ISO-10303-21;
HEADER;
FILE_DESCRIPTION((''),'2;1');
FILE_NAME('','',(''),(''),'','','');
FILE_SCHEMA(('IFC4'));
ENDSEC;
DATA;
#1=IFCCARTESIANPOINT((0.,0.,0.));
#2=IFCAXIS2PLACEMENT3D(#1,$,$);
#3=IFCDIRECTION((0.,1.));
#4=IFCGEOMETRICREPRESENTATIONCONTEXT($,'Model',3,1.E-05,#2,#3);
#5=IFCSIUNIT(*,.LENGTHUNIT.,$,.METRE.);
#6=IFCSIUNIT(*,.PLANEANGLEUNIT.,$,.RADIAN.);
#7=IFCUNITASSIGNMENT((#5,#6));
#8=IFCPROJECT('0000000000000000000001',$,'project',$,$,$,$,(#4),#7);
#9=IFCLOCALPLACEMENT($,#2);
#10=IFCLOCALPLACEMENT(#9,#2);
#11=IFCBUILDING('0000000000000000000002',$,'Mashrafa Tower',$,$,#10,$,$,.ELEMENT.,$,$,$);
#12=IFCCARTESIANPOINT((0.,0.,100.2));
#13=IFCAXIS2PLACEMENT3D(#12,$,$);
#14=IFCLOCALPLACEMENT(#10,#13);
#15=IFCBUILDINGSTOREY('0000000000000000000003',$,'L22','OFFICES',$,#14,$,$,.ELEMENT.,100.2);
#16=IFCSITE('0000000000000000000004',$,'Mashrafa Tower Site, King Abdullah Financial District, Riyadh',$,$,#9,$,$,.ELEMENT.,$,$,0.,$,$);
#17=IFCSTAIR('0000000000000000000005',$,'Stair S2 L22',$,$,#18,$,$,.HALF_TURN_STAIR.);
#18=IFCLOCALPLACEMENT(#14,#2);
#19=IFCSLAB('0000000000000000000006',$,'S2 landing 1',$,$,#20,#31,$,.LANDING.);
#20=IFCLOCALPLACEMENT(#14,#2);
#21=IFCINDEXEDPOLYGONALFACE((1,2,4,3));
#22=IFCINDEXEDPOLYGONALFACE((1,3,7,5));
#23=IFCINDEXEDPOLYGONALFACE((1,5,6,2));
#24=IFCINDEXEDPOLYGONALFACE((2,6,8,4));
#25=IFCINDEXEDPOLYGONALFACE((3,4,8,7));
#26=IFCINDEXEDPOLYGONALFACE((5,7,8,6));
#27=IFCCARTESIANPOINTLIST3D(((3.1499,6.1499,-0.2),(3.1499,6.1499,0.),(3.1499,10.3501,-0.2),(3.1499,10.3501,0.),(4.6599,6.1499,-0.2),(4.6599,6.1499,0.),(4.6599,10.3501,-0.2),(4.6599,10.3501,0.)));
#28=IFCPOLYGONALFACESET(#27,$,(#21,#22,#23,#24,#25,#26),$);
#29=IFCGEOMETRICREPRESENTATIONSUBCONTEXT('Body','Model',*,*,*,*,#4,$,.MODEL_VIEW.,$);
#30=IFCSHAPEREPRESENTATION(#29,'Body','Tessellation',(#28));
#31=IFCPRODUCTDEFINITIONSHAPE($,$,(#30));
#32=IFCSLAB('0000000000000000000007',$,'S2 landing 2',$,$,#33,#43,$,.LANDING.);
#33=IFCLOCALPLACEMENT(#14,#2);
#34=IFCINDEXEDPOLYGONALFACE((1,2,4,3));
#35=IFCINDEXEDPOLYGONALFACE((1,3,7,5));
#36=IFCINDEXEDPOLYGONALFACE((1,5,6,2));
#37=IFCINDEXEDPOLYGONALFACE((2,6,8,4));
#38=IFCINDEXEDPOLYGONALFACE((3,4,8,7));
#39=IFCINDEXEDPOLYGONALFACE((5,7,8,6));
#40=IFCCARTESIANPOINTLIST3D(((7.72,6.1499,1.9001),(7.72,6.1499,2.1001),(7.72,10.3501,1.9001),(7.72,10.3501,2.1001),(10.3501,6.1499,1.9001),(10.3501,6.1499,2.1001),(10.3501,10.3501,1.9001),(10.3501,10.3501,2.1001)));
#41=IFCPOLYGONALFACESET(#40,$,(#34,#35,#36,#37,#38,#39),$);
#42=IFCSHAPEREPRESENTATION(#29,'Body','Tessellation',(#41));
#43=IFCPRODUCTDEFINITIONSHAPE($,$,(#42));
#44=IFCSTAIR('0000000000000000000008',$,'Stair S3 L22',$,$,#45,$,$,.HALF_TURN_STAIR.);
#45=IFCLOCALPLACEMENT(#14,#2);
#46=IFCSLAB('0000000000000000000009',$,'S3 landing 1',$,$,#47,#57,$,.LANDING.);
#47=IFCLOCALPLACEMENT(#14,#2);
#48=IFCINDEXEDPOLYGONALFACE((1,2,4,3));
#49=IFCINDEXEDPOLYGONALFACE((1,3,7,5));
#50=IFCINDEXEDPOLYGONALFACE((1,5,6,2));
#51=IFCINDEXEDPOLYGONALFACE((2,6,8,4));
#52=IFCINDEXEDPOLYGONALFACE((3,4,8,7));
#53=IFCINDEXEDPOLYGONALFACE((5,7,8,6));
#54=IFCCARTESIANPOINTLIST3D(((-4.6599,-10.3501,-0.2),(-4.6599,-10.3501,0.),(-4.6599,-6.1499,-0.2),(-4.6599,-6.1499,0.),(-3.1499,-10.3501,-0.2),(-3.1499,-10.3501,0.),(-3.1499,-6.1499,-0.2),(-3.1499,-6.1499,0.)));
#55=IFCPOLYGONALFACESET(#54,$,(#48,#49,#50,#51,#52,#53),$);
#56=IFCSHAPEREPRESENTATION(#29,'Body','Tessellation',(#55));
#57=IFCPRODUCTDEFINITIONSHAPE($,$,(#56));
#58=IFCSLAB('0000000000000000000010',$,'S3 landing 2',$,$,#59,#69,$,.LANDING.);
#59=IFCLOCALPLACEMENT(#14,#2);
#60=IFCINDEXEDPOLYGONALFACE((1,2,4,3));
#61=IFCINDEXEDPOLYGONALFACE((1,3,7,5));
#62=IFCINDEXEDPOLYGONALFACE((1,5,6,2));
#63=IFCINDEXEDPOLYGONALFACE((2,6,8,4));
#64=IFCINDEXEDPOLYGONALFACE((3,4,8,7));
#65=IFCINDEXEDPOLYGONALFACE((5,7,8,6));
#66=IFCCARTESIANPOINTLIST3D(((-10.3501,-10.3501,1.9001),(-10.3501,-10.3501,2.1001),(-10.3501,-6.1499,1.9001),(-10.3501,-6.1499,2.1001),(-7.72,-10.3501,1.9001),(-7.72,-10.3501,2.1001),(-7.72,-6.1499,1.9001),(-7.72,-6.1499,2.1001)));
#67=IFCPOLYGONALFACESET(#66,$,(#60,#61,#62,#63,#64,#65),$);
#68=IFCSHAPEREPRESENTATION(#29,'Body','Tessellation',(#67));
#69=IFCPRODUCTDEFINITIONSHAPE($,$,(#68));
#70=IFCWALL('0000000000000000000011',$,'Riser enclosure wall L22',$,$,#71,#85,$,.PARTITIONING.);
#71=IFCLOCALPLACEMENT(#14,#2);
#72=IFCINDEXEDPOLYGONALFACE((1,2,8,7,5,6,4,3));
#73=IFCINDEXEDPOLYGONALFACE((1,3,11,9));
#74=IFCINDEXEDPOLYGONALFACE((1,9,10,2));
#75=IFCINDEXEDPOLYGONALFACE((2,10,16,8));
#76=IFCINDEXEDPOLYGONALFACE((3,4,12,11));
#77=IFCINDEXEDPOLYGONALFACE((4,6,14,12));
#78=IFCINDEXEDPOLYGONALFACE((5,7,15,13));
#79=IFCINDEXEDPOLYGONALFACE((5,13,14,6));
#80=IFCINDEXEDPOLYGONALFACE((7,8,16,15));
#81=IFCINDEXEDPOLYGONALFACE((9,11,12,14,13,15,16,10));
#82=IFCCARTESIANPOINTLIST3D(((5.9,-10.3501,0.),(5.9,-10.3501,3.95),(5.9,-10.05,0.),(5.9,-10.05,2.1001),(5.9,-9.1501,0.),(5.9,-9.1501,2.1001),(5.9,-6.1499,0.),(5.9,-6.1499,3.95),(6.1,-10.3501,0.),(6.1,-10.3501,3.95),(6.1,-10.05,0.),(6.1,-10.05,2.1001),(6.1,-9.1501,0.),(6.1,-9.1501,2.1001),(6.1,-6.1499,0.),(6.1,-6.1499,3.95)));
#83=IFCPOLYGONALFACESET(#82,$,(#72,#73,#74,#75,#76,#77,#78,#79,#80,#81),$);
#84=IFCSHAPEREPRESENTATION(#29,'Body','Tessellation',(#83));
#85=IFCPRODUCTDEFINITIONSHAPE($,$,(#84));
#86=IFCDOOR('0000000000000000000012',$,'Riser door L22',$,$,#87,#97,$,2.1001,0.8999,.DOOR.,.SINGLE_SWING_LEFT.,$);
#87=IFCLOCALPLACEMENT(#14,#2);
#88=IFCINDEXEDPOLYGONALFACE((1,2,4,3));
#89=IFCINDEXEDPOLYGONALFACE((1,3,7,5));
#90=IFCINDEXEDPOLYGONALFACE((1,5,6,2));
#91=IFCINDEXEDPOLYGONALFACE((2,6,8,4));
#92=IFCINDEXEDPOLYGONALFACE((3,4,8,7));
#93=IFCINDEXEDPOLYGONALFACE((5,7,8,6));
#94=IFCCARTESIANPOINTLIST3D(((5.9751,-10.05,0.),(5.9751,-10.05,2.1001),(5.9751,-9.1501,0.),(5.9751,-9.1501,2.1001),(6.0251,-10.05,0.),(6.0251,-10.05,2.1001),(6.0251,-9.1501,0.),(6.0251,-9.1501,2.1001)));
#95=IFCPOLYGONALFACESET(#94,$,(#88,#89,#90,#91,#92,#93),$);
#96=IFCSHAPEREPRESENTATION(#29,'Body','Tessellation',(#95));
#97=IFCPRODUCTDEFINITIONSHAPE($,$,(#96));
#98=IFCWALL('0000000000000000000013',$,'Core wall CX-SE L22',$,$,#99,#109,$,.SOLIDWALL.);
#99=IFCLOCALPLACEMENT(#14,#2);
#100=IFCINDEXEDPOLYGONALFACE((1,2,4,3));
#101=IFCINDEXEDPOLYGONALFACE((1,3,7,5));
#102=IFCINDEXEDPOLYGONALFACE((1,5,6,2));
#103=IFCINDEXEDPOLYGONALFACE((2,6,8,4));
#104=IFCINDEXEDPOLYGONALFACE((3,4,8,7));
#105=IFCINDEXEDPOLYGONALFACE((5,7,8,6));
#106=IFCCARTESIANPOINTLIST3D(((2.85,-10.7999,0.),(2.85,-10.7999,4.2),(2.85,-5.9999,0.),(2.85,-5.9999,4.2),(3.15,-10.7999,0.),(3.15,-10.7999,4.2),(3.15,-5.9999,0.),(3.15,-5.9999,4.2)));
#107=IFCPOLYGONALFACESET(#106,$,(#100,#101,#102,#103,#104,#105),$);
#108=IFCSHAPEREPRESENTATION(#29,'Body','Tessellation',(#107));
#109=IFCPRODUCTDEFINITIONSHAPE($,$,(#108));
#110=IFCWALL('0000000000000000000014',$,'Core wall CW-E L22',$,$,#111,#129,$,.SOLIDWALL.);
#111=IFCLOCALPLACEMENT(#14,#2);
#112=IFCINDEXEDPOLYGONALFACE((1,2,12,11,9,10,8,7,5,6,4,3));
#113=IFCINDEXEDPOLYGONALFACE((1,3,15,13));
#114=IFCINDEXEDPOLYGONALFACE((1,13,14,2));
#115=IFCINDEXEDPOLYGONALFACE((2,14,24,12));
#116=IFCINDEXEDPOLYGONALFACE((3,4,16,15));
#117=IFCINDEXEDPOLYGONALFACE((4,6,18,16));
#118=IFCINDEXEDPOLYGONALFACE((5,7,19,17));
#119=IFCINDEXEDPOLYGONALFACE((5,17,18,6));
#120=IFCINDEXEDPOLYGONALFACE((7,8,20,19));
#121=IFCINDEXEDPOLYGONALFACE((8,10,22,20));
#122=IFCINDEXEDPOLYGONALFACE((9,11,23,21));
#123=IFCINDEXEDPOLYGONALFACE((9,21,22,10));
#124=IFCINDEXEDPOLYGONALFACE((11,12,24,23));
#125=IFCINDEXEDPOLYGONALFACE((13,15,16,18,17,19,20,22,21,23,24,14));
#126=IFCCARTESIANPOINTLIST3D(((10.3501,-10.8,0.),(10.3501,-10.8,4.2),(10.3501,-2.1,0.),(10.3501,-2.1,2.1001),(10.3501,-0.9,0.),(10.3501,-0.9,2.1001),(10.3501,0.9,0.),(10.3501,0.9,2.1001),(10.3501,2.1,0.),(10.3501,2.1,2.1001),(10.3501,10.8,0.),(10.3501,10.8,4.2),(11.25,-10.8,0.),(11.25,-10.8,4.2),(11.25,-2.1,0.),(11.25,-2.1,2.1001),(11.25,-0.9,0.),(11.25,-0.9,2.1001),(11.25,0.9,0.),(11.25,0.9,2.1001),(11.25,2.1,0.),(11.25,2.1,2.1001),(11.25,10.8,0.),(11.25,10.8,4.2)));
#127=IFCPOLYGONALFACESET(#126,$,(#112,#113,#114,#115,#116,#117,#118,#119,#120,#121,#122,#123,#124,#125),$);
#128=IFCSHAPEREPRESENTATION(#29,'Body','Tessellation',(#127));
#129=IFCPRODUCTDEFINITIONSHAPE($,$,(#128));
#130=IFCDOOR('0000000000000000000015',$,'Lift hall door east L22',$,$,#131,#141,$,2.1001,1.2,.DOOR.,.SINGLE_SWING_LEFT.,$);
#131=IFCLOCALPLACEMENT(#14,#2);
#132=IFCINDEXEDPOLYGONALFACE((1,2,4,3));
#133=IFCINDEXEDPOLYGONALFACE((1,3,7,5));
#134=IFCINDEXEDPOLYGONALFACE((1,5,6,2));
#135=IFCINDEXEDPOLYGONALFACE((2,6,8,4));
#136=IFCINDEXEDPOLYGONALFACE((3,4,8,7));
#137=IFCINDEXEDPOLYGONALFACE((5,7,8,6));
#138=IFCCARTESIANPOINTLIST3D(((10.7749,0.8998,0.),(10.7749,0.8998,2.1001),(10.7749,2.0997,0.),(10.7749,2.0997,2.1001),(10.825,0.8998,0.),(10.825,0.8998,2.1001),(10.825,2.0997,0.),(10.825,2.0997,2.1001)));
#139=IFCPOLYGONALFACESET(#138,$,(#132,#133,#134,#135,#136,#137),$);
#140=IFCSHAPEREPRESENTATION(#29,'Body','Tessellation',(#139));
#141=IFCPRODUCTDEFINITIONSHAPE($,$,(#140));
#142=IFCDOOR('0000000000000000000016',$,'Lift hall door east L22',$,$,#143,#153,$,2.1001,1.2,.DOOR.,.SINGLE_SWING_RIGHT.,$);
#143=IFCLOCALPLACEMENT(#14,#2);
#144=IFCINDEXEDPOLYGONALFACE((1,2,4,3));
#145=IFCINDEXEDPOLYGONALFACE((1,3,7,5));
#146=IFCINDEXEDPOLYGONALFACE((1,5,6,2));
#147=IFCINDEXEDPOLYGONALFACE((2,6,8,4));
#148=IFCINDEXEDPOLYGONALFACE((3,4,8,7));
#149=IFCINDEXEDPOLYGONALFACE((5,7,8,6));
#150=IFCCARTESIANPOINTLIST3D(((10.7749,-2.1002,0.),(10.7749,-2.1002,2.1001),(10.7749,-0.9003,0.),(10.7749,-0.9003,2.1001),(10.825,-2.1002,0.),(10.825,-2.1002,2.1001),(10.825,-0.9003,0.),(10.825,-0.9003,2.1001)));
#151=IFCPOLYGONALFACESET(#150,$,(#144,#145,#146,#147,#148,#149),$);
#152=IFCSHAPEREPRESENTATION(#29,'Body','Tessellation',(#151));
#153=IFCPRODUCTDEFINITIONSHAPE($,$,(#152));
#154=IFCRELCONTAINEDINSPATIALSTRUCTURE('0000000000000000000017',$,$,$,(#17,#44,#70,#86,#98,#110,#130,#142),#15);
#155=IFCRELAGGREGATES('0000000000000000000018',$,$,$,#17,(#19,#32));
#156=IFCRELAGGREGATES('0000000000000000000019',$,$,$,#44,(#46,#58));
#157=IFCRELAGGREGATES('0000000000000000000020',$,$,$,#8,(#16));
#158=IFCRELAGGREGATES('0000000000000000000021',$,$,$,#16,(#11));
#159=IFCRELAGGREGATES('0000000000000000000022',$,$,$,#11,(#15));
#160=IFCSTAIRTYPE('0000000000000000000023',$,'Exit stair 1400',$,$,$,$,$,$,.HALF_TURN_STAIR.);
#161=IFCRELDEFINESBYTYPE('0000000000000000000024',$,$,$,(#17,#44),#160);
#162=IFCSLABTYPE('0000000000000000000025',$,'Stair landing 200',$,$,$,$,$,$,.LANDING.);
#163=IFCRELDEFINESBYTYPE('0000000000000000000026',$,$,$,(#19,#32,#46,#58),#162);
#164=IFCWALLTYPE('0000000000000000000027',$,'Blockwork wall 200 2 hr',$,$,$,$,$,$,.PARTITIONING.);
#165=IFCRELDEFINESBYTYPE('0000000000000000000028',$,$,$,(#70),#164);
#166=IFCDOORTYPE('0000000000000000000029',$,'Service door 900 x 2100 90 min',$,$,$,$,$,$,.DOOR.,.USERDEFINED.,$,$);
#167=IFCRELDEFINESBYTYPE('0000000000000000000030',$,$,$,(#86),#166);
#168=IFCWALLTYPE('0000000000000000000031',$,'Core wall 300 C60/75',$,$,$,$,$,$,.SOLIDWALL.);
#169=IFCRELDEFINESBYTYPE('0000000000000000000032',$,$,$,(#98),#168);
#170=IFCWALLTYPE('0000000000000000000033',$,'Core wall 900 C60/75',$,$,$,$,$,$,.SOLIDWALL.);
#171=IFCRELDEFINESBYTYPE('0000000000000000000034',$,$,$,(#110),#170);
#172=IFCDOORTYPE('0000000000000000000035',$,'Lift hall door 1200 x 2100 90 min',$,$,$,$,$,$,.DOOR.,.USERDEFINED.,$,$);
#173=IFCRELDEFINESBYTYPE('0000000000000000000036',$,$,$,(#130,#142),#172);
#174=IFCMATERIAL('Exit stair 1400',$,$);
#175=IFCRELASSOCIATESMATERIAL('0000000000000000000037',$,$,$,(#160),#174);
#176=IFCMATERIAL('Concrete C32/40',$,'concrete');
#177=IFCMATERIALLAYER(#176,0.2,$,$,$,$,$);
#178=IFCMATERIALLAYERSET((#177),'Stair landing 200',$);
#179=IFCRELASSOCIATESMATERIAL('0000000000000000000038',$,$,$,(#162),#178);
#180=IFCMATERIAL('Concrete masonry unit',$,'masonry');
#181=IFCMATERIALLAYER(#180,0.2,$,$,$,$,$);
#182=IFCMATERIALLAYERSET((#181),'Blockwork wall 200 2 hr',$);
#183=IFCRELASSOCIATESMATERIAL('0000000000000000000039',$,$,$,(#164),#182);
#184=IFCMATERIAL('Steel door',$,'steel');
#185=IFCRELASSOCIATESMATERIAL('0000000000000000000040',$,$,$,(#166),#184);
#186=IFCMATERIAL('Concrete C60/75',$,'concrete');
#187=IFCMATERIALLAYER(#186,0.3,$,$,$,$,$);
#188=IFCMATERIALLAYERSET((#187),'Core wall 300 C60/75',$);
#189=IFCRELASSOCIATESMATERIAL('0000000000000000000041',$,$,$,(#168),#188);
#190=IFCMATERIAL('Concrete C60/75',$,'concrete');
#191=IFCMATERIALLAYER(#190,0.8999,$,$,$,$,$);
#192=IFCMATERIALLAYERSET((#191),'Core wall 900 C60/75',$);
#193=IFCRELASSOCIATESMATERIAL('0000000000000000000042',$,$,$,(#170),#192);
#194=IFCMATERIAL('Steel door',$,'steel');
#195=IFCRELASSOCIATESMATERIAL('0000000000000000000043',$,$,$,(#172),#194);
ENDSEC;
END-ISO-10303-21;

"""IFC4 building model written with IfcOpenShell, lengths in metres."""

from ifc_helpers import new_model, si_unit, direction, frame, frame_2d, origin, place, context, subcontext, project, spatial, polyline, rectangle, outline, extrude, material, layer, layer_set, type_object, element, fill, aggregate, save


model = new_model("IFC4")

# Units and contexts
model_context = context("Model", 3, precision=1e-05, world=origin(), true_north=direction((0.0, 1.0)))
body_context = subcontext(model_context, "Body", "Model", "MODEL_VIEW")
ifc_project = project(units=[si_unit("LENGTHUNIT", "METRE"), si_unit("PLANEANGLEUNIT", "RADIAN")], contexts=[model_context])

# Site, building, storey
site_placement = place(None, origin())
site = spatial("IfcSite", under=ifc_project, at=site_placement, Name="Mashrafa Tower Site, King Abdullah Financial District, Riyadh", CompositionType="ELEMENT", RefElevation=0.0)
building_placement = place(site_placement, origin())
building = spatial("IfcBuilding", under=site, at=building_placement, Name="Mashrafa Tower", CompositionType="ELEMENT")
storey_placement = place(building_placement, frame((0.0, 0.0, 100.2)))
storey = spatial("IfcBuildingStorey", under=building, at=storey_placement, Name="L22", Description="OFFICES", CompositionType="ELEMENT", Elevation=100.2)

# Stairs, slabs
ifc_material_1 = material(Name="Exit stair 1400")
stair_type = type_object("IfcStairType", Name="Exit stair 1400", PredefinedType="HALF_TURN_STAIR", material=ifc_material_1)
stair_1_placement = place(storey_placement, origin())
stair_1 = element("IfcStair", 1, at=stair_1_placement, inside=storey, type_object=stair_type, Name="Stair S2 L22", PredefinedType="HALF_TURN_STAIR")
ifc_material_2 = material(Name="Concrete C32/40", Category="concrete")
ifc_layer_1 = layer(ifc_material_2, 0.2)
ifc_layer_set_1 = layer_set([ifc_layer_1], Name="Stair landing 200")
slab_type = type_object("IfcSlabType", Name="Stair landing 200", PredefinedType="LANDING", material=ifc_layer_set_1)
slab_1_placement = place(storey_placement, frame((0.0, 0.0, -0.2)))
slab_1 = element("IfcSlab", 2, at=slab_1_placement, type_object=slab_type, Name="S2 landing 1", PredefinedType="LANDING", context=body_context, shape_type="SweptSolid", body=[
    extrude(outline(polyline([(3.1499, 6.1499), (4.6599, 6.1499), (4.6599, 10.3501), (3.1499, 10.3501), (3.1499, 6.1499)])), origin(), (0.0, 0.0, 1.0), 0.2),
])
slab_2_placement = place(storey_placement, frame((0.0, 0.0, 1.9001)))
slab_2 = element("IfcSlab", 3, at=slab_2_placement, type_object=slab_type, Name="S2 landing 2", PredefinedType="LANDING", context=body_context, shape_type="SweptSolid", body=[
    extrude(outline(polyline([(7.72, 6.1499), (10.3501, 6.1499), (10.3501, 10.3501), (7.72, 10.3501), (7.72, 6.1499)])), origin(), (0.0, 0.0, 1.0), 0.2),
])
aggregate(stair_1, [slab_1, slab_2])
stair_2_placement = place(storey_placement, origin())
stair_2 = element("IfcStair", 4, at=stair_2_placement, inside=storey, type_object=stair_type, Name="Stair S3 L22", PredefinedType="HALF_TURN_STAIR")
slab_3_placement = place(storey_placement, frame((0.0, 0.0, -0.2)))
slab_3 = element("IfcSlab", 5, at=slab_3_placement, type_object=slab_type, Name="S3 landing 1", PredefinedType="LANDING", context=body_context, shape_type="SweptSolid", body=[
    extrude(outline(polyline([(-4.6599, -10.3501), (-3.1499, -10.3501), (-3.1499, -6.1499), (-4.6599, -6.1499), (-4.6599, -10.3501)])), origin(), (0.0, 0.0, 1.0), 0.2),
])
slab_4_placement = place(storey_placement, frame((0.0, 0.0, 1.9001)))
slab_4 = element("IfcSlab", 6, at=slab_4_placement, type_object=slab_type, Name="S3 landing 2", PredefinedType="LANDING", context=body_context, shape_type="SweptSolid", body=[
    extrude(outline(polyline([(-10.3501, -10.3501), (-7.72, -10.3501), (-7.72, -6.1499), (-10.3501, -6.1499), (-10.3501, -10.3501)])), origin(), (0.0, 0.0, 1.0), 0.2),
])
aggregate(stair_2, [slab_3, slab_4])

# Wall, opening, door
ifc_material_3 = material(Name="Concrete masonry unit", Category="masonry")
ifc_layer_2 = layer(ifc_material_3, 0.2)
ifc_layer_set_2 = layer_set([ifc_layer_2], Name="Blockwork wall 200 2 hr")
wall_type_1 = type_object("IfcWallType", Name="Blockwork wall 200 2 hr", PredefinedType="PARTITIONING", material=ifc_layer_set_2)
wall_1_placement = place(storey_placement, frame((6.0, -10.3501, 0.0), z_axis=(0.0, 0.0, 1.0), x_axis=(0.0, 1.0, 0.0)))
wall_1 = element("IfcWall", 7, at=wall_1_placement, inside=storey, type_object=wall_type_1, Name="Riser enclosure wall L22", PredefinedType="PARTITIONING", context=body_context, shape_type="SweptSolid", body=[
    extrude(rectangle(XDim=4.2002, YDim=0.2, at=frame_2d((2.1001, 0.0))), origin(), (0.0, 0.0, 1.0), 3.95),
])
opening_1_placement = place(wall_1_placement, frame((0.3, 0.0, 0.0)))
opening_1 = element("IfcOpeningElement", 8, at=opening_1_placement, cuts=wall_1, PredefinedType="OPENING", context=body_context, shape_type="SweptSolid", body=[
    extrude(rectangle(XDim=0.8999, YDim=2.1001, at=frame_2d((0.45, 1.05))), frame((0.0, 0.1099, 0.0), z_axis=(0.0, -1.0, 0.0), x_axis=(1.0, 0.0, 0.0)), (0.0, 0.0, 1.0), 0.22),
])
ifc_material_4 = material(Name="Steel door", Category="steel")
door_type_1 = type_object("IfcDoorType", Name="Service door 900 x 2100 90 min", OperationType="USERDEFINED", PredefinedType="DOOR", material=ifc_material_4)
door_1_placement = place(opening_1_placement, origin())
door_1 = element("IfcDoor", 9, at=door_1_placement, inside=storey, type_object=door_type_1, Name="Riser door L22", OperationType="SINGLE_SWING_LEFT", OverallHeight=2.1001, OverallWidth=0.8999, PredefinedType="DOOR", context=body_context, shape_type="SweptSolid", body=[
    extrude(rectangle(XDim=0.8999, YDim=2.1001, at=frame_2d((0.45, 1.05))), frame((0.0, 0.0249, 0.0), z_axis=(0.0, -1.0, 0.0), x_axis=(1.0, 0.0, 0.0)), (0.0, 0.0, 1.0), 0.05),
])
fill(opening_1, door_1)

# Wall
ifc_material_5 = material(Name="Concrete C60/75", Category="concrete")
ifc_layer_3 = layer(ifc_material_5, 0.3)
ifc_layer_set_3 = layer_set([ifc_layer_3], Name="Core wall 300 C60/75")
wall_type_2 = type_object("IfcWallType", Name="Core wall 300 C60/75", PredefinedType="SOLIDWALL", material=ifc_layer_set_3)
wall_2_placement = place(storey_placement, frame((3.0, -6.0, 0.0), z_axis=(0.0, 0.0, 1.0), x_axis=(0.0, -1.0, 0.0)))
element("IfcWall", 10, at=wall_2_placement, inside=storey, type_object=wall_type_2, Name="Core wall CX-SE L22", PredefinedType="SOLIDWALL", context=body_context, shape_type="SweptSolid", body=[
    extrude(rectangle(XDim=4.8, YDim=0.3, at=frame_2d((2.3999, 0.0))), origin(), (0.0, 0.0, 1.0), 4.2),
])

# Wall, openings, doors
ifc_material_6 = material(Name="Concrete C60/75", Category="concrete")
ifc_layer_4 = layer(ifc_material_6, 0.8999)
ifc_layer_set_4 = layer_set([ifc_layer_4], Name="Core wall 900 C60/75")
wall_type_3 = type_object("IfcWallType", Name="Core wall 900 C60/75", PredefinedType="SOLIDWALL", material=ifc_layer_set_4)
wall_3_placement = place(storey_placement, frame((10.8, -10.8, 0.0), z_axis=(0.0, 0.0, 1.0), x_axis=(0.0, 1.0, 0.0)))
wall_3 = element("IfcWall", 11, at=wall_3_placement, inside=storey, type_object=wall_type_3, Name="Core wall CW-E L22", PredefinedType="SOLIDWALL", context=body_context, shape_type="SweptSolid", body=[
    extrude(rectangle(XDim=21.6001, YDim=0.8999, at=frame_2d((10.8, 0.0))), origin(), (0.0, 0.0, 1.0), 4.2),
])
opening_2_placement = place(wall_3_placement, frame((11.7, 0.0, 0.0)))
opening_2 = element("IfcOpeningElement", 12, at=opening_2_placement, cuts=wall_3, PredefinedType="OPENING", context=body_context, shape_type="SweptSolid", body=[
    extrude(rectangle(XDim=1.2, YDim=2.1001, at=frame_2d((0.6001, 1.05))), frame((0.0, 0.46, 0.0), z_axis=(0.0, -1.0, 0.0), x_axis=(1.0, 0.0, 0.0)), (0.0, 0.0, 1.0), 0.9199),
])
opening_3_placement = place(wall_3_placement, frame((8.7, 0.0, 0.0)))
opening_3 = element("IfcOpeningElement", 13, at=opening_3_placement, cuts=wall_3, PredefinedType="OPENING", context=body_context, shape_type="SweptSolid", body=[
    extrude(rectangle(XDim=1.2, YDim=2.1001, at=frame_2d((0.6001, 1.05))), frame((0.0, 0.46, 0.0), z_axis=(0.0, -1.0, 0.0), x_axis=(1.0, 0.0, 0.0)), (0.0, 0.0, 1.0), 0.9199),
])
ifc_material_7 = material(Name="Steel door", Category="steel")
door_type_2 = type_object("IfcDoorType", Name="Lift hall door 1200 x 2100 90 min", OperationType="USERDEFINED", PredefinedType="DOOR", material=ifc_material_7)
door_2_placement = place(opening_2_placement, frame((1.2, 0.0, 0.0), z_axis=(0.0, 0.0, 1.0), x_axis=(-1.0, 0.0, 0.0)))
door_2 = element("IfcDoor", 14, at=door_2_placement, inside=storey, type_object=door_type_2, Name="Lift hall door east L22", OperationType="SINGLE_SWING_LEFT", OverallHeight=2.1001, OverallWidth=1.2, PredefinedType="DOOR", context=body_context, shape_type="SweptSolid", body=[
    extrude(rectangle(XDim=1.2, YDim=2.1001, at=frame_2d((0.6001, 1.05))), frame((0.0, 0.0249, 0.0), z_axis=(0.0, -1.0, 0.0), x_axis=(1.0, 0.0, 0.0)), (0.0, 0.0, 1.0), 0.05),
])
fill(opening_2, door_2)
door_3_placement = place(opening_3_placement, frame((1.2, 0.0, 0.0), z_axis=(0.0, 0.0, 1.0), x_axis=(-1.0, 0.0, 0.0)))
door_3 = element("IfcDoor", 15, at=door_3_placement, inside=storey, type_object=door_type_2, Name="Lift hall door east L22", OperationType="SINGLE_SWING_RIGHT", OverallHeight=2.1001, OverallWidth=1.2, PredefinedType="DOOR", context=body_context, shape_type="SweptSolid", body=[
    extrude(rectangle(XDim=1.2, YDim=2.1001, at=frame_2d((0.6001, 1.05))), frame((0.0, 0.0249, 0.0), z_axis=(0.0, -1.0, 0.0), x_axis=(1.0, 0.0, 0.0)), (0.0, 0.0, 1.0), 0.05),
])
fill(opening_3, door_3)

save(model, "model.ifc")
